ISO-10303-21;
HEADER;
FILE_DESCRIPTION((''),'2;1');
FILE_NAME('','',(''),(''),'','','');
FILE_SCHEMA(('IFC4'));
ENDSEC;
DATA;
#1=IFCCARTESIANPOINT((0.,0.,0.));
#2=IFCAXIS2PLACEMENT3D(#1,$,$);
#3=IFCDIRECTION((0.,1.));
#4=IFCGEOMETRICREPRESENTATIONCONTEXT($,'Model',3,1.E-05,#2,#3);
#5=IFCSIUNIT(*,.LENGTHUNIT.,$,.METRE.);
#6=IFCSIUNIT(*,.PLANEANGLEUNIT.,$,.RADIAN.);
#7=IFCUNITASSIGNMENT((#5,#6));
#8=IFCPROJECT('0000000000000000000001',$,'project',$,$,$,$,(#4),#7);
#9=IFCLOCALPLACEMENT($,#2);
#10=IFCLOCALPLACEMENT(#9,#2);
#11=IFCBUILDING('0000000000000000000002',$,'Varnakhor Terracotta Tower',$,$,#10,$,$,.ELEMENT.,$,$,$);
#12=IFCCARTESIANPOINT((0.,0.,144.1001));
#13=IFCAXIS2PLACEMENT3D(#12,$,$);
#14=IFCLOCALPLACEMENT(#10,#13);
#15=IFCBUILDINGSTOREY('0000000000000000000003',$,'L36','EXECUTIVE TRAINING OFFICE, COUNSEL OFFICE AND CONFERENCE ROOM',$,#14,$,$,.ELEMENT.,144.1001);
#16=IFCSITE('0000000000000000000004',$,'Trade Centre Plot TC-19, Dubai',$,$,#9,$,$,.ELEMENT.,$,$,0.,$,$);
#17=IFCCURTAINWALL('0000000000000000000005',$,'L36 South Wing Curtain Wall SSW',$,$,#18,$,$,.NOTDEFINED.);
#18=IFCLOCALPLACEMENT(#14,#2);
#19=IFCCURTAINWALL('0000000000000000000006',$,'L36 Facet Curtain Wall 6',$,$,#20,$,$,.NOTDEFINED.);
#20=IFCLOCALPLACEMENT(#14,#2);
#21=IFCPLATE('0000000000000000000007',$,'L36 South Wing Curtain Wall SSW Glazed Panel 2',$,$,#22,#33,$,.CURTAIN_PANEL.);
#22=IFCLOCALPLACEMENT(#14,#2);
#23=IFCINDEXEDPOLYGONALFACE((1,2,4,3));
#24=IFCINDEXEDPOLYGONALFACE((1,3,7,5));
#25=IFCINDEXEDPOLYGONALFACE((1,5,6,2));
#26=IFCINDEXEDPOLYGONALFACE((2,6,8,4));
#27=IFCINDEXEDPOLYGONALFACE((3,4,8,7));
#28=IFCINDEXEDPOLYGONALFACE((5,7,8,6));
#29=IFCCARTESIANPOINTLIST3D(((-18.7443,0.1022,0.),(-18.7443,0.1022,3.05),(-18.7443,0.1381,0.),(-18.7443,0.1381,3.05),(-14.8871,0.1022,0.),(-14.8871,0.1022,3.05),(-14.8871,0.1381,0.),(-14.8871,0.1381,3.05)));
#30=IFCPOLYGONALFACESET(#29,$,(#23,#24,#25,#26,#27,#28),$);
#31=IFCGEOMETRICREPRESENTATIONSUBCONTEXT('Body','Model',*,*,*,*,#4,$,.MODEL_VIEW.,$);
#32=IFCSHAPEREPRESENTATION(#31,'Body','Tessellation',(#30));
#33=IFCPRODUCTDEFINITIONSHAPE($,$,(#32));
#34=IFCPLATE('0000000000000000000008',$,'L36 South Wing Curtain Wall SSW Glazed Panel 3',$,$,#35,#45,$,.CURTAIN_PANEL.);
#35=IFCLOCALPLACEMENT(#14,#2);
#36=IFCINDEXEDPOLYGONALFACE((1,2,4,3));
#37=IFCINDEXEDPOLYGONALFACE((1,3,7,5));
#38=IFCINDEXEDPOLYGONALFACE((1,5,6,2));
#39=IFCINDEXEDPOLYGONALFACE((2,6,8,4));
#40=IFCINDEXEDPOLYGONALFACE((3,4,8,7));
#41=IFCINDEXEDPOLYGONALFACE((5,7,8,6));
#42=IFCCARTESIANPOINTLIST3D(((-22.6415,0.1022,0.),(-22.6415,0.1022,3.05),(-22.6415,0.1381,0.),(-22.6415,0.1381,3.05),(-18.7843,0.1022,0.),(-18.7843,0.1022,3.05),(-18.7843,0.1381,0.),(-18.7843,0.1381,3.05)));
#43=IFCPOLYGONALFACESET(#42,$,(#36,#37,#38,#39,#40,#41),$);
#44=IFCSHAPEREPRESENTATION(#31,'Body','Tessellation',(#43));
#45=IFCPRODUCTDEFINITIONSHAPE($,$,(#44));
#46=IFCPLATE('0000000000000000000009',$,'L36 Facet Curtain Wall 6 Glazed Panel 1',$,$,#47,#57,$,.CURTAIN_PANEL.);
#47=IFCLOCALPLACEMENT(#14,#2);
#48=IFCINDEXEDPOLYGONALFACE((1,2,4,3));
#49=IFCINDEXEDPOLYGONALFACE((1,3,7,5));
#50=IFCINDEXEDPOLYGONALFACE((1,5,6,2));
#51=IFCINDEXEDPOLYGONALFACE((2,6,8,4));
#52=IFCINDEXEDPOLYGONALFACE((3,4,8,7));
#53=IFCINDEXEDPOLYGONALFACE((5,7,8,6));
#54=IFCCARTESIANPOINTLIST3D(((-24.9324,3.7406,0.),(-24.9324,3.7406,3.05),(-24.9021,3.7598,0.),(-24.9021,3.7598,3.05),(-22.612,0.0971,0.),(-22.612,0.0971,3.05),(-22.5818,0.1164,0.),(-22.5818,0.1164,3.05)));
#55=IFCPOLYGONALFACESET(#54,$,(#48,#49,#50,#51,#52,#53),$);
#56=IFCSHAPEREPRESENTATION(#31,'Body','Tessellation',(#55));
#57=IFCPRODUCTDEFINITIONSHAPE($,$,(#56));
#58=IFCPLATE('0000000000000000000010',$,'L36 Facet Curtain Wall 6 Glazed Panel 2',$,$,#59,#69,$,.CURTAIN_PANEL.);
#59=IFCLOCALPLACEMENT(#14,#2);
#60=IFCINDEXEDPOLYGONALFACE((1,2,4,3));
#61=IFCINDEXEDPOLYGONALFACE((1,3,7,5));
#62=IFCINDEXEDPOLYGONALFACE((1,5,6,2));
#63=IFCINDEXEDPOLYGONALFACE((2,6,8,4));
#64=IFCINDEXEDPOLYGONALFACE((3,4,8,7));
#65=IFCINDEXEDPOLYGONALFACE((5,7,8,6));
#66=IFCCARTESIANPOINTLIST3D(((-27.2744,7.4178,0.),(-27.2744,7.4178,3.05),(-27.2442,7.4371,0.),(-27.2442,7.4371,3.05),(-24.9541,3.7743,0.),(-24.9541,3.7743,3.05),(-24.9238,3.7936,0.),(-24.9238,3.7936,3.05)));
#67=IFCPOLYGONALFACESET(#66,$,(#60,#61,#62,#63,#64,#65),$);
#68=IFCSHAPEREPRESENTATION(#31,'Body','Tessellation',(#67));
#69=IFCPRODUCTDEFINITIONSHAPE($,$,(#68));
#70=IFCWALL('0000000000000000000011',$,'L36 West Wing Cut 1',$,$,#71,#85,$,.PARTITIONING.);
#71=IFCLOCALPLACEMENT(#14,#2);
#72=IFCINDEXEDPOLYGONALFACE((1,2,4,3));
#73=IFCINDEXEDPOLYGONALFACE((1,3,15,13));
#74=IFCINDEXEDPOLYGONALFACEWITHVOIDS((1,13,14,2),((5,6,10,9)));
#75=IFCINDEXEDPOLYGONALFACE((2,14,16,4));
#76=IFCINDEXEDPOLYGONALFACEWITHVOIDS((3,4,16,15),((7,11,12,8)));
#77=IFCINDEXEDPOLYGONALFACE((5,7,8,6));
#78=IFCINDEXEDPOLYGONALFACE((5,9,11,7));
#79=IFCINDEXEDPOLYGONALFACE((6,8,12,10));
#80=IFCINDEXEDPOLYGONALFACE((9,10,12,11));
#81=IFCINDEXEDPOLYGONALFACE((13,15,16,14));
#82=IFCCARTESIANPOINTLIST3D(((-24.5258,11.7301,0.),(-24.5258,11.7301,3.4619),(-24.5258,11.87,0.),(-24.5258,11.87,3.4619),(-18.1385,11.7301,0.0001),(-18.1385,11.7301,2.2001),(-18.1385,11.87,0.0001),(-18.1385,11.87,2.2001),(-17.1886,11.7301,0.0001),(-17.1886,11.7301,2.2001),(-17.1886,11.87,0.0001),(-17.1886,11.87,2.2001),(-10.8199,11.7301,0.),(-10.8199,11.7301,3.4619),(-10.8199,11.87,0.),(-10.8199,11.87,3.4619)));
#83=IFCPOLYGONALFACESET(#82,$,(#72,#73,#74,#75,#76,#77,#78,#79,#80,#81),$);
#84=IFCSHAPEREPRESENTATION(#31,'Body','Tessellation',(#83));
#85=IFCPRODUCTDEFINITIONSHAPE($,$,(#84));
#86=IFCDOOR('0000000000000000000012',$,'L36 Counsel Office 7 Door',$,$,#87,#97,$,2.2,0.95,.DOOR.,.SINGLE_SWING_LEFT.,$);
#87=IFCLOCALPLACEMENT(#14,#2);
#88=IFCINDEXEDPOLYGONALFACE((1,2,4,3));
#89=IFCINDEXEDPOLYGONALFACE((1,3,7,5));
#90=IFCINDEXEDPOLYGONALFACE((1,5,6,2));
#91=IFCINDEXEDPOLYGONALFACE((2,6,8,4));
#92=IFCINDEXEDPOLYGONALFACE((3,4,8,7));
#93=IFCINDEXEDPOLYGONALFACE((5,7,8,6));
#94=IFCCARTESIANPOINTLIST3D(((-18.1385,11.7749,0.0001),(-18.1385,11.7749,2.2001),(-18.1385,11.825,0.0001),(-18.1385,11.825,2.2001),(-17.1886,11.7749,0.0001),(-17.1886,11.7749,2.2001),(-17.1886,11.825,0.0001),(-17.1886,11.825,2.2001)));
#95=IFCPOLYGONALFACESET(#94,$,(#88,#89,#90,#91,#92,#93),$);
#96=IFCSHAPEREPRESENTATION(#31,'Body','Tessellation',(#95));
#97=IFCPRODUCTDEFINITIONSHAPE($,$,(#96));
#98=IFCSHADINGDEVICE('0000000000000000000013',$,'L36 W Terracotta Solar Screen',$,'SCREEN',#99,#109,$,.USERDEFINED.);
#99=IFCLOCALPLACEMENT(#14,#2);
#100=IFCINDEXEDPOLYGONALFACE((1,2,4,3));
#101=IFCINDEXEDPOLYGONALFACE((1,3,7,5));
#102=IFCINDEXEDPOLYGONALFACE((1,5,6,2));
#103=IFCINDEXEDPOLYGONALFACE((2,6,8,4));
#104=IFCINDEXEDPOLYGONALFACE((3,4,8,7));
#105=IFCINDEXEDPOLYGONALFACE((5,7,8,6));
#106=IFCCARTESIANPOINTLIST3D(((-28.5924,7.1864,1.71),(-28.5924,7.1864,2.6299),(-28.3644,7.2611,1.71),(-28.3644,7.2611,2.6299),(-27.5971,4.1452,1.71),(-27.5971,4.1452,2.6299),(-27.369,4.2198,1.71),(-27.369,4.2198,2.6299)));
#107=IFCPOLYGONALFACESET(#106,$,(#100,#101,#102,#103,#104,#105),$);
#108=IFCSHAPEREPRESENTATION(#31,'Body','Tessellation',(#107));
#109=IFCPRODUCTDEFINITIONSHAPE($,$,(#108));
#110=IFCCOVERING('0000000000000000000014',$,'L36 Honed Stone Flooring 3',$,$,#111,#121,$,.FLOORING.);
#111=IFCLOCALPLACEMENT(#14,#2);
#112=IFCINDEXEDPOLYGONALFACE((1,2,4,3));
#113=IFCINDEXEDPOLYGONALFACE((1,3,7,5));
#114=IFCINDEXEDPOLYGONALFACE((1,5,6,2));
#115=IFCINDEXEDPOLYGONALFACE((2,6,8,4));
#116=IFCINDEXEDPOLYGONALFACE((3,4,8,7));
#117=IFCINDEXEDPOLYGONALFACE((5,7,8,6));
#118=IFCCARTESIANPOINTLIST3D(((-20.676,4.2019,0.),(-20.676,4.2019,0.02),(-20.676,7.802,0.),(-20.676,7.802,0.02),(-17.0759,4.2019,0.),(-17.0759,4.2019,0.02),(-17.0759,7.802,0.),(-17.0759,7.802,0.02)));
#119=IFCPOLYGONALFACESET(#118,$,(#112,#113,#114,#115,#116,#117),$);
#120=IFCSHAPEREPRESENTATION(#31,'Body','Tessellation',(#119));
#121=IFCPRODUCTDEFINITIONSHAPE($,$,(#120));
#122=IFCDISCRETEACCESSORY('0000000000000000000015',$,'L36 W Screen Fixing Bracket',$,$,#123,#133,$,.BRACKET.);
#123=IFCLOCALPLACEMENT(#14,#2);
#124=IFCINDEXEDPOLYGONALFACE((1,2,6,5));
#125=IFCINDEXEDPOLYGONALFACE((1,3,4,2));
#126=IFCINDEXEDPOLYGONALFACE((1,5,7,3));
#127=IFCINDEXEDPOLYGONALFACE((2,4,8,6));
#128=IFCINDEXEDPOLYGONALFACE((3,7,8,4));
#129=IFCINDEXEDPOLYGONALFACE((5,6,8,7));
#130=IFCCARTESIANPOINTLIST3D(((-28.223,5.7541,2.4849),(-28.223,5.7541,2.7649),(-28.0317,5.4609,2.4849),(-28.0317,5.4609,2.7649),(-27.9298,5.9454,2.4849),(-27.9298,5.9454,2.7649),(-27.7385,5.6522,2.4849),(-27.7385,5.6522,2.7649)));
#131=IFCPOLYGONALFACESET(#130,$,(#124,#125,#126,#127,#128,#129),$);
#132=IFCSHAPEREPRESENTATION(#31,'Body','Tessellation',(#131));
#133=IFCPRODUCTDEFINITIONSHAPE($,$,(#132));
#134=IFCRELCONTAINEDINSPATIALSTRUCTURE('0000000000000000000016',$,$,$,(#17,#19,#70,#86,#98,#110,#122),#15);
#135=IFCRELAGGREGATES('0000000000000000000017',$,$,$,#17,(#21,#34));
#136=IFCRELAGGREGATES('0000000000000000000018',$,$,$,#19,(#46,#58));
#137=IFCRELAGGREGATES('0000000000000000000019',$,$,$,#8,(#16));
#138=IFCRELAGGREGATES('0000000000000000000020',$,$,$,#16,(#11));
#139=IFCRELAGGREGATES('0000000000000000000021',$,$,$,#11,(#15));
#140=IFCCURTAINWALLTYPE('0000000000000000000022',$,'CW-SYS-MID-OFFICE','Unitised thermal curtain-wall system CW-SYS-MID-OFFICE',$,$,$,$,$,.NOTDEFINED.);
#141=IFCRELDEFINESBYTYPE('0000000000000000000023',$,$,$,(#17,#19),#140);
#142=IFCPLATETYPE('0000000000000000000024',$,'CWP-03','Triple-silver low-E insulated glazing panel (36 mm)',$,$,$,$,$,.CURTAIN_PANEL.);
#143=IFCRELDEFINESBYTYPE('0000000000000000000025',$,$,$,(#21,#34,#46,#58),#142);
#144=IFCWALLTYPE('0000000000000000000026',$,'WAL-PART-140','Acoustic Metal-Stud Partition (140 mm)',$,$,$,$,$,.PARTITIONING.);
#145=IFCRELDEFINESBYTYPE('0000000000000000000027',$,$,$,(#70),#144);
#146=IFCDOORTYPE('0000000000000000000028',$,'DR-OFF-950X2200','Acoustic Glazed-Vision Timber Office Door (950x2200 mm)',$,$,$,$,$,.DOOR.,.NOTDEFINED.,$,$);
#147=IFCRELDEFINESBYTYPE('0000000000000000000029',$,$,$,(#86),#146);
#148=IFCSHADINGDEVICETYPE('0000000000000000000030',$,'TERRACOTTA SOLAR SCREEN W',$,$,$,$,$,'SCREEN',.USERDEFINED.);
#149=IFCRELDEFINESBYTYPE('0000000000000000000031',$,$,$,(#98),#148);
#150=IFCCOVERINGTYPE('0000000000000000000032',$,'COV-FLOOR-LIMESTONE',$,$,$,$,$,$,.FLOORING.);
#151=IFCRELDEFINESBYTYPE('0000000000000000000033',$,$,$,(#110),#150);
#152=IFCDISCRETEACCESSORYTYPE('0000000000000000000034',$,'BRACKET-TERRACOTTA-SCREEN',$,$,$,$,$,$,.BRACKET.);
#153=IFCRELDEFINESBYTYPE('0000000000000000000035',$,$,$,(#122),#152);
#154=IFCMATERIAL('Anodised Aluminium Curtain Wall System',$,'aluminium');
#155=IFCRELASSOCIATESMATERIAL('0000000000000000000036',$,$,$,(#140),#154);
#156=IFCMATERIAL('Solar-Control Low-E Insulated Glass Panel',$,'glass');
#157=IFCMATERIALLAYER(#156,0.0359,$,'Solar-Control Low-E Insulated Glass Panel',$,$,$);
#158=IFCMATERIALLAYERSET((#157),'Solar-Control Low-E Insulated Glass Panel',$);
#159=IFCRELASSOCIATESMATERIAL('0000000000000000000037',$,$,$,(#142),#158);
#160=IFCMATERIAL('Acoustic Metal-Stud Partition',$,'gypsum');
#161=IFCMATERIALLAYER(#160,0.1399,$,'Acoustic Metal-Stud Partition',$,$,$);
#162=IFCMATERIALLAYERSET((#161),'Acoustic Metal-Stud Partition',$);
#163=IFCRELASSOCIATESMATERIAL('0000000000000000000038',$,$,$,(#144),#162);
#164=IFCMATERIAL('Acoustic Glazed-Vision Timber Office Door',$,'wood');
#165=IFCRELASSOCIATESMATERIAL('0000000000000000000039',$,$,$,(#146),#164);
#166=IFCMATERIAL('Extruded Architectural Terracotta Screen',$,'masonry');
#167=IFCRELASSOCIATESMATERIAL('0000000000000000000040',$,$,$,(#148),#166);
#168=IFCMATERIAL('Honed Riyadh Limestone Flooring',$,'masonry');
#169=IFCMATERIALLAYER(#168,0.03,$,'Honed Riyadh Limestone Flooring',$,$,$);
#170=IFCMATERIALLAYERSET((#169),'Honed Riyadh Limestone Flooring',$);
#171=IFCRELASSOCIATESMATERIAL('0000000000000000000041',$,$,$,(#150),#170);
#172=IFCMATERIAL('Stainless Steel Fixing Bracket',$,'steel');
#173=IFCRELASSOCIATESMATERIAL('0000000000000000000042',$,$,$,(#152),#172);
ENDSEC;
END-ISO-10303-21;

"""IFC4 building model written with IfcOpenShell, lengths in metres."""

from ifc_helpers import new_model, si_unit, direction, frame, frame_2d, origin, origin_2d, place, context, subcontext, project, spatial, rectangle, extrude, source, transform, mapped, material, layer, layer_set, type_object, type_shapes, element, fill, aggregate, save


model = new_model("IFC4")

# Units and contexts
model_context = context("Model", 3, precision=1e-05, world=origin(), true_north=direction((0.0, 1.0)))
body_context = subcontext(model_context, "Body", "Model", "MODEL_VIEW")
ifc_project = project(units=[si_unit("LENGTHUNIT", "METRE"), si_unit("PLANEANGLEUNIT", "RADIAN")], contexts=[model_context])

# Site, building, storey
site_placement = place(None, origin())
site = spatial("IfcSite", under=ifc_project, at=site_placement, Name="Trade Centre Plot TC-19, Dubai", CompositionType="ELEMENT", RefElevation=0.0)
building_placement = place(site_placement, origin())
building = spatial("IfcBuilding", under=site, at=building_placement, Name="Varnakhor Terracotta Tower", CompositionType="ELEMENT")
storey_placement = place(building_placement, frame((0.0, 0.0, 144.1001)))
storey = spatial("IfcBuildingStorey", under=building, at=storey_placement, Name="L36", Description="EXECUTIVE TRAINING OFFICE, COUNSEL OFFICE AND CONFERENCE ROOM", CompositionType="ELEMENT", Elevation=144.1001)

# Curtain walls
ifc_material_1 = material(Name="Anodised Aluminium Curtain Wall System", Category="aluminium")
curtain_wall_type = type_object("IfcCurtainWallType", Name="CW-SYS-MID-OFFICE", Description="Unitised thermal curtain-wall system CW-SYS-MID-OFFICE", PredefinedType="NOTDEFINED", material=ifc_material_1)
curtain_wall_1_placement = place(storey_placement, origin())
curtain_wall_1 = element("IfcCurtainWall", 1, at=curtain_wall_1_placement, inside=storey, type_object=curtain_wall_type, Name="L36 South Wing Curtain Wall SSW", PredefinedType="NOTDEFINED")
curtain_wall_2_placement = place(storey_placement, origin())
curtain_wall_2 = element("IfcCurtainWall", 2, at=curtain_wall_2_placement, inside=storey, type_object=curtain_wall_type, Name="L36 Facet Curtain Wall 6", PredefinedType="NOTDEFINED")

# Plates
ifc_material_2 = material(Name="Solar-Control Low-E Insulated Glass Panel", Category="glass")
ifc_layer_1 = layer(ifc_material_2, 0.0359, Name="Solar-Control Low-E Insulated Glass Panel")
ifc_layer_set_1 = layer_set([ifc_layer_1], Name="Solar-Control Low-E Insulated Glass Panel")
plate_type = type_object("IfcPlateType", Name="CWP-03", Description="Triple-silver low-E insulated glazing panel (36 mm)", PredefinedType="CURTAIN_PANEL", material=ifc_layer_set_1)
shared_shape_1 = source(origin(), body_context, "Body", "SweptSolid", [
    extrude(rectangle(XDim=3.8572, YDim=0.0359, at=origin_2d()), origin(), (0.0, 0.0, 1.0), 3.05),
])
plate_1_placement = place(storey_placement, frame((-16.8157, 0.1201, 0.0), z_axis=(0.0, 0.0, 1.0), x_axis=(-1.0, 0.0, 0.0)))
plate_1 = element("IfcPlate", 3, at=plate_1_placement, type_object=plate_type, Name="L36 South Wing Curtain Wall SSW Glazed Panel 2", PredefinedType="CURTAIN_PANEL", context=body_context, shape_type="MappedRepresentation", body=[
    mapped(shared_shape_1, transform((0.0, 0.0, 0.0), scale=1.0)),
])
plate_2_placement = place(storey_placement, frame((-20.7129, 0.1201, 0.0), z_axis=(0.0, 0.0, 1.0), x_axis=(-1.0, 0.0, 0.0)))
plate_2 = element("IfcPlate", 4, at=plate_2_placement, type_object=plate_type, Name="L36 South Wing Curtain Wall SSW Glazed Panel 3", PredefinedType="CURTAIN_PANEL", context=body_context, shape_type="MappedRepresentation", body=[
    mapped(shared_shape_1, transform((0.0, 0.0, 0.0), scale=1.0)),
])
aggregate(curtain_wall_1, [plate_1, plate_2])
shared_shape_2 = source(origin(), body_context, "Body", "SweptSolid", [
    extrude(rectangle(XDim=4.3196, YDim=0.0359, at=origin_2d()), origin(), (0.0, 0.0, 1.0), 3.05),
])
plate_3_placement = place(storey_placement, frame((-23.7571, 1.9285, 0.0), z_axis=(0.0, 0.0, 1.0), x_axis=(-0.537167, 0.843476, 0.0)))
plate_3 = element("IfcPlate", 5, at=plate_3_placement, type_object=plate_type, Name="L36 Facet Curtain Wall 6 Glazed Panel 1", PredefinedType="CURTAIN_PANEL", context=body_context, shape_type="MappedRepresentation", body=[
    mapped(shared_shape_2, transform((0.0, 0.0, 0.0), scale=1.0)),
])
plate_4_placement = place(storey_placement, frame((-26.0991, 5.6057, 0.0), z_axis=(0.0, 0.0, 1.0), x_axis=(-0.537167, 0.843476, 0.0)))
plate_4 = element("IfcPlate", 6, at=plate_4_placement, type_object=plate_type, Name="L36 Facet Curtain Wall 6 Glazed Panel 2", PredefinedType="CURTAIN_PANEL", context=body_context, shape_type="MappedRepresentation", body=[
    mapped(shared_shape_2, transform((0.0, 0.0, 0.0), scale=1.0)),
])
aggregate(curtain_wall_2, [plate_3, plate_4])

# Wall, opening, door
ifc_material_3 = material(Name="Acoustic Metal-Stud Partition", Category="gypsum")
ifc_layer_2 = layer(ifc_material_3, 0.1399, Name="Acoustic Metal-Stud Partition")
ifc_layer_set_2 = layer_set([ifc_layer_2], Name="Acoustic Metal-Stud Partition")
wall_type = type_object("IfcWallType", Name="WAL-PART-140", Description="Acoustic Metal-Stud Partition (140 mm)", PredefinedType="PARTITIONING", material=ifc_layer_set_2)
wall_placement = place(storey_placement, frame((-24.5259, 11.8, 0.0), z_axis=(0.0, 0.0, 1.0), x_axis=(1.0, 0.0, 0.0)))
wall = element("IfcWall", 7, at=wall_placement, inside=storey, type_object=wall_type, Name="L36 West Wing Cut 1", PredefinedType="PARTITIONING", context=body_context, shape_type="SweptSolid", body=[
    extrude(rectangle(XDim=13.7058, YDim=0.1399, at=frame_2d((6.853, 0.0))), origin(), (0.0, 0.0, 1.0), 3.4619),
])
opening_placement = place(wall_placement, frame((6.3872, 0.0, 0.0)))
opening = element("IfcOpeningElement", 8, at=opening_placement, cuts=wall, PredefinedType="OPENING", context=body_context, shape_type="SweptSolid", body=[
    extrude(rectangle(XDim=0.95, YDim=2.2, at=frame_2d((0.4751, 1.1001))), frame((0.0, 0.0801, 0.0), z_axis=(0.0, -1.0, 0.0), x_axis=(1.0, 0.0, 0.0)), (0.0, 0.0, 1.0), 0.1599),
])
ifc_material_4 = material(Name="Acoustic Glazed-Vision Timber Office Door", Category="wood")
door_type = type_object("IfcDoorType", Name="DR-OFF-950X2200", Description="Acoustic Glazed-Vision Timber Office Door (950x2200 mm)", OperationType="NOTDEFINED", PredefinedType="DOOR", material=ifc_material_4)
shared_shape_3 = source(origin(), body_context, "Body", "SweptSolid", [
    extrude(rectangle(XDim=0.95, YDim=2.2, at=frame_2d((0.4751, 1.1001))), frame((0.0, 0.0249, 0.0), z_axis=(0.0, -1.0, 0.0), x_axis=(1.0, 0.0, 0.0)), (0.0, 0.0, 1.0), 0.05),
])
type_shapes(door_type, [shared_shape_3])
door_placement = place(opening_placement, origin())
door = element("IfcDoor", 9, at=door_placement, inside=storey, type_object=door_type, Name="L36 Counsel Office 7 Door", OperationType="SINGLE_SWING_LEFT", OverallHeight=2.2, OverallWidth=0.95, PredefinedType="DOOR", context=body_context, shape_type="MappedRepresentation", body=[
    mapped(shared_shape_3, transform((0.0, 0.0, 0.0), scale=1.0)),
])
fill(opening, door)

# Shading device
ifc_material_5 = material(Name="Extruded Architectural Terracotta Screen", Category="masonry")
shading_device_type = type_object("IfcShadingDeviceType", Name="TERRACOTTA SOLAR SCREEN W", ElementType="SCREEN", PredefinedType="USERDEFINED", material=ifc_material_5)
shared_shape_4 = source(origin(), body_context, "Body", "SweptSolid", [
    extrude(rectangle(XDim=3.2, YDim=0.24, at=origin_2d()), origin(), (0.0, 0.0, 1.0), 0.9199),
])
type_shapes(shading_device_type, [shared_shape_4])
shading_device_placement = place(storey_placement, frame((-27.9807, 5.7031, 1.71), z_axis=(0.0, 0.0, 1.0), x_axis=(0.311058, -0.950391, 0.0)))
element("IfcShadingDevice", 10, at=shading_device_placement, inside=storey, type_object=shading_device_type, Name="L36 W Terracotta Solar Screen", ObjectType="SCREEN", PredefinedType="USERDEFINED", context=body_context, shape_type="MappedRepresentation", body=[
    mapped(shared_shape_4, transform((0.0, 0.0, 0.0), scale=1.0)),
])

# Covering
ifc_material_6 = material(Name="Honed Riyadh Limestone Flooring", Category="masonry")
ifc_layer_3 = layer(ifc_material_6, 0.03, Name="Honed Riyadh Limestone Flooring")
ifc_layer_set_3 = layer_set([ifc_layer_3], Name="Honed Riyadh Limestone Flooring")
covering_type = type_object("IfcCoveringType", Name="COV-FLOOR-LIMESTONE", PredefinedType="FLOORING", material=ifc_layer_set_3)
shared_shape_5 = source(origin(), body_context, "Body", "SweptSolid", [
    extrude(rectangle(XDim=3.6001, YDim=3.6001, at=origin_2d()), origin(), (0.0, 0.0, 1.0), 0.02),
])
covering_placement = place(storey_placement, frame((-18.876, 6.002, 0.0), z_axis=(0.0, 0.0, 1.0), x_axis=(1.0, 0.0, 0.0)))
element("IfcCovering", 11, at=covering_placement, inside=storey, type_object=covering_type, Name="L36 Honed Stone Flooring 3", PredefinedType="FLOORING", context=body_context, shape_type="MappedRepresentation", body=[
    mapped(shared_shape_5, transform((0.0, 0.0, 0.0), scale=1.0)),
])

# Discrete accessory
ifc_material_7 = material(Name="Stainless Steel Fixing Bracket", Category="steel")
discrete_accessory_type = type_object("IfcDiscreteAccessoryType", Name="BRACKET-TERRACOTTA-SCREEN", PredefinedType="BRACKET", material=ifc_material_7)
shared_shape_6 = source(origin(), body_context, "Body", "SweptSolid", [
    extrude(rectangle(XDim=0.3501, YDim=0.3501, at=origin_2d()), origin(), (0.0, 0.0, 1.0), 0.28),
])
type_shapes(discrete_accessory_type, [shared_shape_6])
discrete_accessory_placement = place(storey_placement, frame((-27.9807, 5.7031, 2.4849), z_axis=(0.0, 0.0, 1.0), x_axis=(0.546438, -0.837499, 0.0)))
element("IfcDiscreteAccessory", 12, at=discrete_accessory_placement, inside=storey, type_object=discrete_accessory_type, Name="L36 W Screen Fixing Bracket", PredefinedType="BRACKET", context=body_context, shape_type="MappedRepresentation", body=[
    mapped(shared_shape_6, transform((0.0, 0.0, 0.0), scale=1.0)),
])

save(model, "model.ifc")
